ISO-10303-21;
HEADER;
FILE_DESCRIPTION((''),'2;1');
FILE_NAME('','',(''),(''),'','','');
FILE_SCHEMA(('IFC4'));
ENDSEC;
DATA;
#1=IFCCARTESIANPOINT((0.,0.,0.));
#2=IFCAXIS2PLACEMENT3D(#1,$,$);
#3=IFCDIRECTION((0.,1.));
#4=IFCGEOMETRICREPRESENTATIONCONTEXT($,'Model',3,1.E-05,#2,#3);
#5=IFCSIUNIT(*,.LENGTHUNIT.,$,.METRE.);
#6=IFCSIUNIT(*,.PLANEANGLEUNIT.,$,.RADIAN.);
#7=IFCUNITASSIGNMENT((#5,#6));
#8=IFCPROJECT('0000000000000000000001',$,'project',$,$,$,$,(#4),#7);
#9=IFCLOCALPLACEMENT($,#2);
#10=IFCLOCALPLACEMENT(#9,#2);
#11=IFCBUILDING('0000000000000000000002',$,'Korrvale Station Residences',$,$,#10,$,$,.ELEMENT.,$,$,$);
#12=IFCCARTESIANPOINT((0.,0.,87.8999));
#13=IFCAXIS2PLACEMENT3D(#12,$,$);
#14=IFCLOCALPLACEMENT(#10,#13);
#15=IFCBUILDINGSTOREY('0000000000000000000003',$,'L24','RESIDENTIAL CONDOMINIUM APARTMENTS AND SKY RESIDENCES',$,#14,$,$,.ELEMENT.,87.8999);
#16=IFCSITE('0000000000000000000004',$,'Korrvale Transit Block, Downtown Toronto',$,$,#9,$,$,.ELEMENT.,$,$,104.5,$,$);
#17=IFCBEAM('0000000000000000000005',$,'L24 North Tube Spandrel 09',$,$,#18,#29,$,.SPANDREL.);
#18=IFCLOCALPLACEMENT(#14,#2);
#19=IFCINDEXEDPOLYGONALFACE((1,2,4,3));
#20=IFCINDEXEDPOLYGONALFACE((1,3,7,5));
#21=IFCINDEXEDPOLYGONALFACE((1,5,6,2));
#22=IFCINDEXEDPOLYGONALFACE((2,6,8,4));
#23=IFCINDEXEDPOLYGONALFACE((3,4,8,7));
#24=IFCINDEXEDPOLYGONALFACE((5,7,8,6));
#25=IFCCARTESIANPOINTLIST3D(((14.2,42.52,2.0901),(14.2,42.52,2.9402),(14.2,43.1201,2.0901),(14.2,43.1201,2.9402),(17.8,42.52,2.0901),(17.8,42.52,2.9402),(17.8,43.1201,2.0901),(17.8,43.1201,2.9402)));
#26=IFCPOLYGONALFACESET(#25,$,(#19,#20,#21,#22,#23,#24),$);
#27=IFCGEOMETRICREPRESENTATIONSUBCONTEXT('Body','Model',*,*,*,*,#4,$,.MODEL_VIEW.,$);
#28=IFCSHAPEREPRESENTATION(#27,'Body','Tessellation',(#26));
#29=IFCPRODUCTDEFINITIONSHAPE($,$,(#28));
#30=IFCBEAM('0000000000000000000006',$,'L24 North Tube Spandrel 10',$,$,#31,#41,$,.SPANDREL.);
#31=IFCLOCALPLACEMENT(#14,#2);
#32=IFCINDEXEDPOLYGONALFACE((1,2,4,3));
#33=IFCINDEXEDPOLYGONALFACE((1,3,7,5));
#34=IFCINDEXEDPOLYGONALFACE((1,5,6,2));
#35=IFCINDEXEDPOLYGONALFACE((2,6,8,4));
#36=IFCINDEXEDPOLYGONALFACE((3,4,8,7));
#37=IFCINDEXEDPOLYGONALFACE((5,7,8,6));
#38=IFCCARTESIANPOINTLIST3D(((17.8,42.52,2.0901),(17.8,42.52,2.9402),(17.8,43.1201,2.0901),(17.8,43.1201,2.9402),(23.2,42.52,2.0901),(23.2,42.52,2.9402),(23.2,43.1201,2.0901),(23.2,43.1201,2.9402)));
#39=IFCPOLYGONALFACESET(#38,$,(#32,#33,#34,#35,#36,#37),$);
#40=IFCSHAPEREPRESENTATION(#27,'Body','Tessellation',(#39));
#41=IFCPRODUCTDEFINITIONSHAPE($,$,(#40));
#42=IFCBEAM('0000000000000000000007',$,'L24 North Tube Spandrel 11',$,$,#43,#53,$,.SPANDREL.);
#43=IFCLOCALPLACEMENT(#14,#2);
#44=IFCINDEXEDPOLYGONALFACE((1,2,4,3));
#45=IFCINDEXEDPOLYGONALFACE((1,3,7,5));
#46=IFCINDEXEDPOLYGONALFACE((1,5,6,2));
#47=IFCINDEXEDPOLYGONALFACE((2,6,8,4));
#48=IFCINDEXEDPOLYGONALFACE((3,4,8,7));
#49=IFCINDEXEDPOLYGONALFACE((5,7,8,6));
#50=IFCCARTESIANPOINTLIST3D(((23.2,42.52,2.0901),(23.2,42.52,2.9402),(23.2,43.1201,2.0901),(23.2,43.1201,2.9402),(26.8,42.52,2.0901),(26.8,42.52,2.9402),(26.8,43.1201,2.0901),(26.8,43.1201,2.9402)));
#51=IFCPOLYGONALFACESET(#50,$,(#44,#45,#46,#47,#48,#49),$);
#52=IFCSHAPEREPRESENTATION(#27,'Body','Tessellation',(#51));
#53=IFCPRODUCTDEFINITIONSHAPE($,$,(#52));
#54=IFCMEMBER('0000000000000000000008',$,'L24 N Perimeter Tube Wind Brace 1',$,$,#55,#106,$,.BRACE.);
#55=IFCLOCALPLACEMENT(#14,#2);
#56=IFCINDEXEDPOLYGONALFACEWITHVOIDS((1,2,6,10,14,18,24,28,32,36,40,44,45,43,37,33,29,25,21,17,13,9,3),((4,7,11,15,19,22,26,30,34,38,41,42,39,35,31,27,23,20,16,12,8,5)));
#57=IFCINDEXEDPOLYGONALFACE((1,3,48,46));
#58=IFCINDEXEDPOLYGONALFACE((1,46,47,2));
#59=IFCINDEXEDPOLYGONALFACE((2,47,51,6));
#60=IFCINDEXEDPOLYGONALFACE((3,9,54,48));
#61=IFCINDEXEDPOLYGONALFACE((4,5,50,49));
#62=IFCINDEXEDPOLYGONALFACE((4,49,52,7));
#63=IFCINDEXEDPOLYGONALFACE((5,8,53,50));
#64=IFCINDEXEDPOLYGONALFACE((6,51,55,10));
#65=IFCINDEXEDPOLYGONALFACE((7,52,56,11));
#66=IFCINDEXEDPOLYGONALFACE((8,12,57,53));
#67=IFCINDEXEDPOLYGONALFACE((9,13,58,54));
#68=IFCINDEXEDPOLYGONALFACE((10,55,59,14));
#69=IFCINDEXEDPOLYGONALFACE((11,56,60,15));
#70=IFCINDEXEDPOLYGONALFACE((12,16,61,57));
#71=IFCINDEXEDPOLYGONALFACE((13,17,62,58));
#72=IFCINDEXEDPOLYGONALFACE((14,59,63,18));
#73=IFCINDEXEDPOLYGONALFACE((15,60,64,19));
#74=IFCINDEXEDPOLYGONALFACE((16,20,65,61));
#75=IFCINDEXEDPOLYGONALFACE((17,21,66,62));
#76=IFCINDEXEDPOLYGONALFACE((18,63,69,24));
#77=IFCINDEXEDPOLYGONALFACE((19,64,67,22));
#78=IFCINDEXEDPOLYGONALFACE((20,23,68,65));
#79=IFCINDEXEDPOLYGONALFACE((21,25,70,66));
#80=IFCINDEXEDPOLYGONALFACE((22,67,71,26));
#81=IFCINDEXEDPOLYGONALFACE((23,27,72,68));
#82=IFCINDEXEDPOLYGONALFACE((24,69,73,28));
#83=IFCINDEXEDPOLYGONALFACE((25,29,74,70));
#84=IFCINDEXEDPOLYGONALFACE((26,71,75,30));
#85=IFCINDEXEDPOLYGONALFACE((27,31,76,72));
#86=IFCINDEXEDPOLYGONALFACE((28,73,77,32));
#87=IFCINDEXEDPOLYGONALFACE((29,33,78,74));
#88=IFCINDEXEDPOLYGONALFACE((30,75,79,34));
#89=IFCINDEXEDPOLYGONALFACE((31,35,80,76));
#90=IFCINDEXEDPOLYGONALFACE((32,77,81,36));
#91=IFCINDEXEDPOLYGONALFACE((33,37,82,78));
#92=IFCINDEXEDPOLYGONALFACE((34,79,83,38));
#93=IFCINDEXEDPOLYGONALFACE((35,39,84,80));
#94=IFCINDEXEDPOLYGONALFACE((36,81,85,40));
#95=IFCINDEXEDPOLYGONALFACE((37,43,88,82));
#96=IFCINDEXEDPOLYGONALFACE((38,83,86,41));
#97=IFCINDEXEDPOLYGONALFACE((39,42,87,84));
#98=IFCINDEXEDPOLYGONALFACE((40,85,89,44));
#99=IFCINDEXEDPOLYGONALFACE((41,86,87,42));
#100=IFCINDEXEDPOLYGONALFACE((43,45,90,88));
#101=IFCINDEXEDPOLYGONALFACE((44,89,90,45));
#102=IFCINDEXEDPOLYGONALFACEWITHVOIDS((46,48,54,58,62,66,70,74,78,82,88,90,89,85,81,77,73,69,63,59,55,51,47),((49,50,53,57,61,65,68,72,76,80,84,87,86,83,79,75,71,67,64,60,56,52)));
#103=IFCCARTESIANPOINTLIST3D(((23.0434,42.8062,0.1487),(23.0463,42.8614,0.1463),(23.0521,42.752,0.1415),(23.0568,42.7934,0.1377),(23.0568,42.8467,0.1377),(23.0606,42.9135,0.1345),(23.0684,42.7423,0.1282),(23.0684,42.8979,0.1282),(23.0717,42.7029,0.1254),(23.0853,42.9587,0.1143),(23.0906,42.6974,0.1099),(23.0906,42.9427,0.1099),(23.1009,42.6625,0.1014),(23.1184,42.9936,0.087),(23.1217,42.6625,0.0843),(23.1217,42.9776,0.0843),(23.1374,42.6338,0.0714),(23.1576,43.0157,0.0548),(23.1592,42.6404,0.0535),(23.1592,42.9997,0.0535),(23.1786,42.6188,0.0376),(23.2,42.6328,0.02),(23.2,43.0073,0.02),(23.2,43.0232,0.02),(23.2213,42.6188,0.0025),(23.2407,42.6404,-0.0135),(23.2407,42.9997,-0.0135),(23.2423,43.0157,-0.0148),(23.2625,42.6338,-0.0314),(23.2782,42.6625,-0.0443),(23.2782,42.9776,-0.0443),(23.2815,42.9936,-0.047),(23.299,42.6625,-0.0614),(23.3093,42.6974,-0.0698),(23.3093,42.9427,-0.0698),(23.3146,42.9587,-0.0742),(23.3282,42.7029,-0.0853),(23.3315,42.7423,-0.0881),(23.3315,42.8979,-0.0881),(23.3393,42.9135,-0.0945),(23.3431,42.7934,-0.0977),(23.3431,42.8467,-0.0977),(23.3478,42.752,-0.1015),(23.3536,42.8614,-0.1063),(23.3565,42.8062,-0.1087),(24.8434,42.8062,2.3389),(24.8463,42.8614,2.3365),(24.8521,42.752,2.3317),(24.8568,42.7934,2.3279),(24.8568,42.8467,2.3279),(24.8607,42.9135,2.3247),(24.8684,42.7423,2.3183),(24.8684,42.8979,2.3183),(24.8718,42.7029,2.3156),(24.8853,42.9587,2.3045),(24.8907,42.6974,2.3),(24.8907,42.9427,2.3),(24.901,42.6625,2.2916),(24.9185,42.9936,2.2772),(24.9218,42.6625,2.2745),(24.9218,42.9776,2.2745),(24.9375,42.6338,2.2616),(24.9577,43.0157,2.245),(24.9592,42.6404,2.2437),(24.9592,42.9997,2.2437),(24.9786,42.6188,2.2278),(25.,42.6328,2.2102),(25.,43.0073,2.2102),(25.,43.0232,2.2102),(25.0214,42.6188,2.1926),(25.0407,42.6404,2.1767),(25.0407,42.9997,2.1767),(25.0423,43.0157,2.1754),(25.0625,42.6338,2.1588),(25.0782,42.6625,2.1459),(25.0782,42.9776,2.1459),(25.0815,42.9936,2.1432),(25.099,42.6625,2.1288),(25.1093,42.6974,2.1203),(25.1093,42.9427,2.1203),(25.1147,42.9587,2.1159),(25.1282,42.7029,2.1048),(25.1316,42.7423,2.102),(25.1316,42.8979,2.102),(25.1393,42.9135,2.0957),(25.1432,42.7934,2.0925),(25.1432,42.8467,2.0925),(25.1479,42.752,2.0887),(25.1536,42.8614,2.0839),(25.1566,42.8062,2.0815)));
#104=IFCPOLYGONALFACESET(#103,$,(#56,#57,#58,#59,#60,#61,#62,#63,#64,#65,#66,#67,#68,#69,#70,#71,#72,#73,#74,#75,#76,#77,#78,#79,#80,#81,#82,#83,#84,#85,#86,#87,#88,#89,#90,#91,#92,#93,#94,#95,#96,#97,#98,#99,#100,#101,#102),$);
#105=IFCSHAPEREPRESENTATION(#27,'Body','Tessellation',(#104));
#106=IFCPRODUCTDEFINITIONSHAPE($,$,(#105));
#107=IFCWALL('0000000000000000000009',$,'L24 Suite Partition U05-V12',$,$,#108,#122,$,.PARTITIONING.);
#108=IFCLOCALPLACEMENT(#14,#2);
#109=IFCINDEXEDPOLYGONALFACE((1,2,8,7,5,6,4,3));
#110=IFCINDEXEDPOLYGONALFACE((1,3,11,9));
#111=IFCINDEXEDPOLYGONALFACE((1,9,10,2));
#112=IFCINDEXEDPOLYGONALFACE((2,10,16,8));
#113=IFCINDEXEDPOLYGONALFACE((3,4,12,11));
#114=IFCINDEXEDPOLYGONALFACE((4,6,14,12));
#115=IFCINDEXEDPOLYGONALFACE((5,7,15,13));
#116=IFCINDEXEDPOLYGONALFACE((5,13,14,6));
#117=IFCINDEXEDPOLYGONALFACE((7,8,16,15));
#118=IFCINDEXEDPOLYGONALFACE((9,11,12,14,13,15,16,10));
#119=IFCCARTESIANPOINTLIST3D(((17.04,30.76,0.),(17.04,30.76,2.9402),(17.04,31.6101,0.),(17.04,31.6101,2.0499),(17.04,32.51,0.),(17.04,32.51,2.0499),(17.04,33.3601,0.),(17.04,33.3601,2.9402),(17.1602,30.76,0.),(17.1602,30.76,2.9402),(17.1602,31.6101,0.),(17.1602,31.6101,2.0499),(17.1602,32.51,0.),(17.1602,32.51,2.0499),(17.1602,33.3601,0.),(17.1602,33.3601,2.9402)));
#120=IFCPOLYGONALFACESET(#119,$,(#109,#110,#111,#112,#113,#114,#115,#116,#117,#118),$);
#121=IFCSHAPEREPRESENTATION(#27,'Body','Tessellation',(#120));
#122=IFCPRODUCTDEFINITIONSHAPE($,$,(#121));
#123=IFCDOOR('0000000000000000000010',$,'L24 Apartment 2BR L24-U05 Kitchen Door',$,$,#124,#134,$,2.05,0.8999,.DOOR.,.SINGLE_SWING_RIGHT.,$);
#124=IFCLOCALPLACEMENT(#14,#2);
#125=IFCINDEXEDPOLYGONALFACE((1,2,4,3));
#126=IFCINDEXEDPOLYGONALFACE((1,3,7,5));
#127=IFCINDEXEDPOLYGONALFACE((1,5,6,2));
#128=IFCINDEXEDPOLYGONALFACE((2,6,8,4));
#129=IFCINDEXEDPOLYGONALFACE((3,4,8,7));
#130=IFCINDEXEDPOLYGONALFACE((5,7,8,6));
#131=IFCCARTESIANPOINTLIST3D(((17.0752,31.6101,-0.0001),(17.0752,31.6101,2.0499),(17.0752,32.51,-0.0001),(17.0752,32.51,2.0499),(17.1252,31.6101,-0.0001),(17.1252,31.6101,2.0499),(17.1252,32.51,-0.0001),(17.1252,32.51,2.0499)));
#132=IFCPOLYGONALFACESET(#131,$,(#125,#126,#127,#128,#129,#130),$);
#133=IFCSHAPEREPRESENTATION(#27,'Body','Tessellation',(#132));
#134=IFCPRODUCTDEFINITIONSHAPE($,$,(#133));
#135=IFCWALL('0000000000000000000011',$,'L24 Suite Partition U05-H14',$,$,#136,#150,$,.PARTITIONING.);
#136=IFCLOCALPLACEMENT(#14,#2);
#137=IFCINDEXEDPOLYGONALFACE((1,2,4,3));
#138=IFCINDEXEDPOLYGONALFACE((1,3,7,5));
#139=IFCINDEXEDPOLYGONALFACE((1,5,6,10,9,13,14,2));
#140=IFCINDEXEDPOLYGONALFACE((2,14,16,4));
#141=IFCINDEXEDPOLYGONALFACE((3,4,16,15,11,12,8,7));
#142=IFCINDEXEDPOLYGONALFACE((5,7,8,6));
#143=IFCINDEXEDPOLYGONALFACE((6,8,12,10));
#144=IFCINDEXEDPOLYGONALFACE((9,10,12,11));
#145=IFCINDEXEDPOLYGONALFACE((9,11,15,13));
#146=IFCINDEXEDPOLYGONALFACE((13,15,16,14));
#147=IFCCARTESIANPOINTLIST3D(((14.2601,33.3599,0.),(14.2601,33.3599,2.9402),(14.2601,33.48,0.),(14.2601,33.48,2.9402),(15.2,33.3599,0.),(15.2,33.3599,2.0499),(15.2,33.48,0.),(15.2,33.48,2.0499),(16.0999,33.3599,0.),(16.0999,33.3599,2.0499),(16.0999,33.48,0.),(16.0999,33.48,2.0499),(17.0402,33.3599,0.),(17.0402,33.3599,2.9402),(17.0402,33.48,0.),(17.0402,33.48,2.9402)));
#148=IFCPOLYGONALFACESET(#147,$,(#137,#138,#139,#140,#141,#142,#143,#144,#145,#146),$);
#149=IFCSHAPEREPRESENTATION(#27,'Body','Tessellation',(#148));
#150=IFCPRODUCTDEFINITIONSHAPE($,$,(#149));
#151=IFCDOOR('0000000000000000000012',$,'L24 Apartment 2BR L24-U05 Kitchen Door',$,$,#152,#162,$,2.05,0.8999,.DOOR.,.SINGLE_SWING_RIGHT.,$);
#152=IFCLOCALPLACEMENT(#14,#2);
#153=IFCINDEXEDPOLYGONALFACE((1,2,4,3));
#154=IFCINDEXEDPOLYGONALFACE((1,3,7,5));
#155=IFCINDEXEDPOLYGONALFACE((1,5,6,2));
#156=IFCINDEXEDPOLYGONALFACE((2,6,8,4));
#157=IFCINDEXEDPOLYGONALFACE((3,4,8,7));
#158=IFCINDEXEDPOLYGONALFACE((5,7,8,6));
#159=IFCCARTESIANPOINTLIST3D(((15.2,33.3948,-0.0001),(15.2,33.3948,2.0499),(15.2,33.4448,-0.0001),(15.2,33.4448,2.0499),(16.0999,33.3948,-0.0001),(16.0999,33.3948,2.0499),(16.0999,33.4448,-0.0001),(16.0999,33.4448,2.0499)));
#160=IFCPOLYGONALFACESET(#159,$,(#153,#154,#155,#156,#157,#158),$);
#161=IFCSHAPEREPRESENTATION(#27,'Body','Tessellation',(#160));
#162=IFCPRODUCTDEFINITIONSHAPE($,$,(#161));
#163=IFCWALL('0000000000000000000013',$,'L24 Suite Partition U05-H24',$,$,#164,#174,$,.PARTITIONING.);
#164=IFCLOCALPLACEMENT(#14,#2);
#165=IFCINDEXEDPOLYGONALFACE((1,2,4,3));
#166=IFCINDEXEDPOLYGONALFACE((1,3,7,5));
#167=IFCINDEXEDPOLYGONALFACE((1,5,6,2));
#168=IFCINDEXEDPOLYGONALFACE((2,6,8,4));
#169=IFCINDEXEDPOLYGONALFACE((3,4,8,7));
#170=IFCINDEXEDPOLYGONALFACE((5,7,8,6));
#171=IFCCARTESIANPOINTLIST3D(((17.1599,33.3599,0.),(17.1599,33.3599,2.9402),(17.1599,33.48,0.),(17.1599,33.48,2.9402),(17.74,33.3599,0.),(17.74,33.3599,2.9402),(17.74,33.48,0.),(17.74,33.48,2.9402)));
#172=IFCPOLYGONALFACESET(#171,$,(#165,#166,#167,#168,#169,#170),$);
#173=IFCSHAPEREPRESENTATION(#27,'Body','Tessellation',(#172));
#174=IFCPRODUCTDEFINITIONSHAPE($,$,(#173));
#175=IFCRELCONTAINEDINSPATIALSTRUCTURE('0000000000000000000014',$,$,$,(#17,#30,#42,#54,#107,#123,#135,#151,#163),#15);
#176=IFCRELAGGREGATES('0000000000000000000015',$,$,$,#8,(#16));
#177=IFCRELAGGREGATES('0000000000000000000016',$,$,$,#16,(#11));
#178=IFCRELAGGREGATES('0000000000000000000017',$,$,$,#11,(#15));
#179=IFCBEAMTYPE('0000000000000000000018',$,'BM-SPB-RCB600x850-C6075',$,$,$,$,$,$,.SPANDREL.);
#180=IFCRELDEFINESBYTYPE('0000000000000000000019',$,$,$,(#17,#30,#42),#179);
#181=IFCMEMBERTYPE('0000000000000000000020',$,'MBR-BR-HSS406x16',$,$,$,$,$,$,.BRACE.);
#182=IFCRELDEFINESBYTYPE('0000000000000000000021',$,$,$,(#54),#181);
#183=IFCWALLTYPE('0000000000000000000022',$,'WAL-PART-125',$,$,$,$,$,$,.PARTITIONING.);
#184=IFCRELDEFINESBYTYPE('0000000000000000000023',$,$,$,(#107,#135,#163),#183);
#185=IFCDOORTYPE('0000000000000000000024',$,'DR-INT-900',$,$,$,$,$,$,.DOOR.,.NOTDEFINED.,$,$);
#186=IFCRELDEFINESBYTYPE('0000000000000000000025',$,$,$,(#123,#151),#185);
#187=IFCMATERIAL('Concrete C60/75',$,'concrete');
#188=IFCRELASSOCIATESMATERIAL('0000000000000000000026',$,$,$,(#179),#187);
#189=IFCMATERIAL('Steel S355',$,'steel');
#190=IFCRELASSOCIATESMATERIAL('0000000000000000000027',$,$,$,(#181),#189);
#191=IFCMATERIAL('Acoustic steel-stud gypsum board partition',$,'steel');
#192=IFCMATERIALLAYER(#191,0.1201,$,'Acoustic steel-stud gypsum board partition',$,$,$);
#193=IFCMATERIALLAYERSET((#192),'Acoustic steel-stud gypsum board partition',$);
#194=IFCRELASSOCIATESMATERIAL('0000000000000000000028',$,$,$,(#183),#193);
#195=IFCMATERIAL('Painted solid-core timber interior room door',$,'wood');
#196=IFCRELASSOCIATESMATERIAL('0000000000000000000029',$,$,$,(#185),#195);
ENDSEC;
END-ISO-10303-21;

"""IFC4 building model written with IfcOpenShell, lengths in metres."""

from ifc_helpers import new_model, si_unit, direction, frame, frame_2d, origin, origin_2d, place, context, subcontext, project, spatial, rectangle, hollow_circle, extrude, material, layer, layer_set, material_profile, profile_set, type_object, element, fill, save


model = new_model("IFC4")

# Units and contexts
model_context = context("Model", 3, precision=1e-05, world=origin(), true_north=direction((0.0, 1.0)))
body_context = subcontext(model_context, "Body", "Model", "MODEL_VIEW")
ifc_project = project(units=[si_unit("LENGTHUNIT", "METRE"), si_unit("PLANEANGLEUNIT", "RADIAN")], contexts=[model_context])

# Site, building, storey
site_placement = place(None, origin())
site = spatial("IfcSite", under=ifc_project, at=site_placement, Name="Korrvale Transit Block, Downtown Toronto", CompositionType="ELEMENT", RefElevation=104.5)
building_placement = place(site_placement, origin())
building = spatial("IfcBuilding", under=site, at=building_placement, Name="Korrvale Station Residences", CompositionType="ELEMENT")
storey_placement = place(building_placement, frame((0.0, 0.0, 87.8999)))
storey = spatial("IfcBuildingStorey", under=building, at=storey_placement, Name="L24", Description="RESIDENTIAL CONDOMINIUM APARTMENTS AND SKY RESIDENCES", CompositionType="ELEMENT", Elevation=87.8999)

# Shared definitions
ifc_material_1 = material(Name="Concrete C60/75", Category="concrete")

# Beams
ifc_material_2 = material(Name="Steel S355", Category="steel")
ifc_material_profile_1 = material_profile(ifc_material_1, rectangle(XDim=0.6001, YDim=0.8501, at=origin_2d()), Name="RCB600x850")
ifc_profile_set_1 = profile_set([ifc_material_profile_1], Name="Concrete C60/75")
beam_type_1 = type_object("IfcBeamType", Name="BM-SPB-RCB600x850-C6075", PredefinedType="SPANDREL", material=ifc_profile_set_1)
beam_1_placement = place(storey_placement, frame((14.2, 42.8201, 2.5151), z_axis=(1.0, 0.0, 0.0), x_axis=(0.0, 1.0, 0.0)))
element("IfcBeam", 1, at=beam_1_placement, inside=storey, type_object=beam_type_1, Name="L24 North Tube Spandrel 09", PredefinedType="SPANDREL", context=body_context, shape_type="SweptSolid", body=[
    extrude(rectangle(XDim=0.6001, YDim=0.8501, at=origin_2d()), origin(), (0.0, 0.0, 1.0), 3.6001),
])
beam_2_placement = place(storey_placement, frame((17.8, 42.8201, 2.5151), z_axis=(1.0, 0.0, 0.0), x_axis=(0.0, 1.0, 0.0)))
element("IfcBeam", 2, at=beam_2_placement, inside=storey, type_object=beam_type_1, Name="L24 North Tube Spandrel 10", PredefinedType="SPANDREL", context=body_context, shape_type="SweptSolid", body=[
    extrude(rectangle(XDim=0.6001, YDim=0.8501, at=origin_2d()), origin(), (0.0, 0.0, 1.0), 5.3999),
])
beam_3_placement = place(storey_placement, frame((23.2, 42.8201, 2.5151), z_axis=(1.0, 0.0, 0.0), x_axis=(0.0, 1.0, 0.0)))
element("IfcBeam", 3, at=beam_3_placement, inside=storey, type_object=beam_type_1, Name="L24 North Tube Spandrel 11", PredefinedType="SPANDREL", context=body_context, shape_type="SweptSolid", body=[
    extrude(rectangle(XDim=0.6001, YDim=0.8501, at=origin_2d()), origin(), (0.0, 0.0, 1.0), 3.6001),
])

# Member
ifc_material_profile_2 = material_profile(ifc_material_2, hollow_circle(Radius=0.2031, WallThickness=0.0159, at=origin_2d()), Name="HSS406x16")
ifc_profile_set_2 = profile_set([ifc_material_profile_2], Name="Steel S355")
member_type = type_object("IfcMemberType", Name="MBR-BR-HSS406x16", PredefinedType="BRACE", material=ifc_profile_set_2)
member_placement = place(storey_placement, frame((23.2, 42.8201, 0.02), z_axis=(0.634943, 0.0, 0.772559), x_axis=(0.0, 1.0, 0.0)))
element("IfcMember", 4, at=member_placement, inside=storey, type_object=member_type, Name="L24 N Perimeter Tube Wind Brace 1", PredefinedType="BRACE", context=body_context, shape_type="SweptSolid", body=[
    extrude(hollow_circle(Radius=0.2031, WallThickness=0.0159, at=origin_2d()), origin(), (0.0, 0.0, 1.0), 2.835),
])

# Walls, openings, doors
ifc_material_3 = material(Name="Acoustic steel-stud gypsum board partition", Category="steel")
ifc_layer_1 = layer(ifc_material_3, 0.1201, Name="Acoustic steel-stud gypsum board partition")
ifc_layer_set_1 = layer_set([ifc_layer_1], Name="Acoustic steel-stud gypsum board partition")
wall_type_1 = type_object("IfcWallType", Name="WAL-PART-125", PredefinedType="PARTITIONING", material=ifc_layer_set_1)
wall_1_placement = place(storey_placement, frame((17.1001, 30.76, 0.0), z_axis=(0.0, 0.0, 1.0), x_axis=(0.0, 1.0, 0.0)))
wall_1 = element("IfcWall", 5, at=wall_1_placement, inside=storey, type_object=wall_type_1, Name="L24 Suite Partition U05-V12", PredefinedType="PARTITIONING", context=body_context, shape_type="SweptSolid", body=[
    extrude(rectangle(XDim=2.6001, YDim=0.1201, at=frame_2d((1.3, 0.0))), origin(), (0.0, 0.0, 1.0), 2.9402),
])
opening_1_placement = place(wall_1_placement, frame((0.8501, 0.0, 0.0)))
opening_1 = element("IfcOpeningElement", 6, at=opening_1_placement, cuts=wall_1, PredefinedType="OPENING", context=body_context, shape_type="SweptSolid", body=[
    extrude(rectangle(XDim=0.8999, YDim=2.05, at=frame_2d((0.45, 1.0249))), frame((0.0, 0.0701, 0.0), z_axis=(0.0, -1.0, 0.0), x_axis=(1.0, 0.0, 0.0)), (0.0, 0.0, 1.0), 0.1401),
])
ifc_material_4 = material(Name="Painted solid-core timber interior room door", Category="wood")
door_type_1 = type_object("IfcDoorType", Name="DR-INT-900", OperationType="NOTDEFINED", PredefinedType="DOOR", material=ifc_material_4)
door_1_placement = place(opening_1_placement, origin())
door_1 = element("IfcDoor", 7, at=door_1_placement, inside=storey, type_object=door_type_1, Name="L24 Apartment 2BR L24-U05 Kitchen Door", OperationType="SINGLE_SWING_RIGHT", OverallHeight=2.05, OverallWidth=0.8999, PredefinedType="DOOR", context=body_context, shape_type="SweptSolid", body=[
    extrude(rectangle(XDim=0.8999, YDim=2.05, at=frame_2d((0.45, 1.0249))), frame((0.0, 0.0249, 0.0), z_axis=(0.0, -1.0, 0.0), x_axis=(1.0, 0.0, 0.0)), (0.0, 0.0, 1.0), 0.05),
])
fill(opening_1, door_1)
wall_2_placement = place(storey_placement, frame((14.26, 33.4199, 0.0), z_axis=(0.0, 0.0, 1.0), x_axis=(1.0, 0.0, 0.0)))
wall_2 = element("IfcWall", 8, at=wall_2_placement, inside=storey, type_object=wall_type_1, Name="L24 Suite Partition U05-H14", PredefinedType="PARTITIONING", context=body_context, shape_type="SweptSolid", body=[
    extrude(rectangle(XDim=2.78, YDim=0.1201, at=frame_2d((1.3901, 0.0))), origin(), (0.0, 0.0, 1.0), 2.9402),
])
opening_2_placement = place(wall_2_placement, frame((0.9399, 0.0, 0.0)))
opening_2 = element("IfcOpeningElement", 9, at=opening_2_placement, cuts=wall_2, PredefinedType="OPENING", context=body_context, shape_type="SweptSolid", body=[
    extrude(rectangle(XDim=0.8999, YDim=2.05, at=frame_2d((0.45, 1.0249))), frame((0.0, 0.0701, 0.0), z_axis=(0.0, -1.0, 0.0), x_axis=(1.0, 0.0, 0.0)), (0.0, 0.0, 1.0), 0.1401),
])
door_2_placement = place(opening_2_placement, origin())
door_2 = element("IfcDoor", 10, at=door_2_placement, inside=storey, type_object=door_type_1, Name="L24 Apartment 2BR L24-U05 Kitchen Door", OperationType="SINGLE_SWING_RIGHT", OverallHeight=2.05, OverallWidth=0.8999, PredefinedType="DOOR", context=body_context, shape_type="SweptSolid", body=[
    extrude(rectangle(XDim=0.8999, YDim=2.05, at=frame_2d((0.45, 1.0249))), frame((0.0, 0.0249, 0.0), z_axis=(0.0, -1.0, 0.0), x_axis=(1.0, 0.0, 0.0)), (0.0, 0.0, 1.0), 0.05),
])
fill(opening_2, door_2)

# Wall
wall_3_placement = place(storey_placement, frame((17.1599, 33.4199, 0.0), z_axis=(0.0, 0.0, 1.0), x_axis=(1.0, 0.0, 0.0)))
element("IfcWall", 11, at=wall_3_placement, inside=storey, type_object=wall_type_1, Name="L24 Suite Partition U05-H24", PredefinedType="PARTITIONING", context=body_context, shape_type="SweptSolid", body=[
    extrude(rectangle(XDim=0.5801, YDim=0.1201, at=frame_2d((0.29, 0.0))), origin(), (0.0, 0.0, 1.0), 2.9402),
])

save(model, "model.ifc")
